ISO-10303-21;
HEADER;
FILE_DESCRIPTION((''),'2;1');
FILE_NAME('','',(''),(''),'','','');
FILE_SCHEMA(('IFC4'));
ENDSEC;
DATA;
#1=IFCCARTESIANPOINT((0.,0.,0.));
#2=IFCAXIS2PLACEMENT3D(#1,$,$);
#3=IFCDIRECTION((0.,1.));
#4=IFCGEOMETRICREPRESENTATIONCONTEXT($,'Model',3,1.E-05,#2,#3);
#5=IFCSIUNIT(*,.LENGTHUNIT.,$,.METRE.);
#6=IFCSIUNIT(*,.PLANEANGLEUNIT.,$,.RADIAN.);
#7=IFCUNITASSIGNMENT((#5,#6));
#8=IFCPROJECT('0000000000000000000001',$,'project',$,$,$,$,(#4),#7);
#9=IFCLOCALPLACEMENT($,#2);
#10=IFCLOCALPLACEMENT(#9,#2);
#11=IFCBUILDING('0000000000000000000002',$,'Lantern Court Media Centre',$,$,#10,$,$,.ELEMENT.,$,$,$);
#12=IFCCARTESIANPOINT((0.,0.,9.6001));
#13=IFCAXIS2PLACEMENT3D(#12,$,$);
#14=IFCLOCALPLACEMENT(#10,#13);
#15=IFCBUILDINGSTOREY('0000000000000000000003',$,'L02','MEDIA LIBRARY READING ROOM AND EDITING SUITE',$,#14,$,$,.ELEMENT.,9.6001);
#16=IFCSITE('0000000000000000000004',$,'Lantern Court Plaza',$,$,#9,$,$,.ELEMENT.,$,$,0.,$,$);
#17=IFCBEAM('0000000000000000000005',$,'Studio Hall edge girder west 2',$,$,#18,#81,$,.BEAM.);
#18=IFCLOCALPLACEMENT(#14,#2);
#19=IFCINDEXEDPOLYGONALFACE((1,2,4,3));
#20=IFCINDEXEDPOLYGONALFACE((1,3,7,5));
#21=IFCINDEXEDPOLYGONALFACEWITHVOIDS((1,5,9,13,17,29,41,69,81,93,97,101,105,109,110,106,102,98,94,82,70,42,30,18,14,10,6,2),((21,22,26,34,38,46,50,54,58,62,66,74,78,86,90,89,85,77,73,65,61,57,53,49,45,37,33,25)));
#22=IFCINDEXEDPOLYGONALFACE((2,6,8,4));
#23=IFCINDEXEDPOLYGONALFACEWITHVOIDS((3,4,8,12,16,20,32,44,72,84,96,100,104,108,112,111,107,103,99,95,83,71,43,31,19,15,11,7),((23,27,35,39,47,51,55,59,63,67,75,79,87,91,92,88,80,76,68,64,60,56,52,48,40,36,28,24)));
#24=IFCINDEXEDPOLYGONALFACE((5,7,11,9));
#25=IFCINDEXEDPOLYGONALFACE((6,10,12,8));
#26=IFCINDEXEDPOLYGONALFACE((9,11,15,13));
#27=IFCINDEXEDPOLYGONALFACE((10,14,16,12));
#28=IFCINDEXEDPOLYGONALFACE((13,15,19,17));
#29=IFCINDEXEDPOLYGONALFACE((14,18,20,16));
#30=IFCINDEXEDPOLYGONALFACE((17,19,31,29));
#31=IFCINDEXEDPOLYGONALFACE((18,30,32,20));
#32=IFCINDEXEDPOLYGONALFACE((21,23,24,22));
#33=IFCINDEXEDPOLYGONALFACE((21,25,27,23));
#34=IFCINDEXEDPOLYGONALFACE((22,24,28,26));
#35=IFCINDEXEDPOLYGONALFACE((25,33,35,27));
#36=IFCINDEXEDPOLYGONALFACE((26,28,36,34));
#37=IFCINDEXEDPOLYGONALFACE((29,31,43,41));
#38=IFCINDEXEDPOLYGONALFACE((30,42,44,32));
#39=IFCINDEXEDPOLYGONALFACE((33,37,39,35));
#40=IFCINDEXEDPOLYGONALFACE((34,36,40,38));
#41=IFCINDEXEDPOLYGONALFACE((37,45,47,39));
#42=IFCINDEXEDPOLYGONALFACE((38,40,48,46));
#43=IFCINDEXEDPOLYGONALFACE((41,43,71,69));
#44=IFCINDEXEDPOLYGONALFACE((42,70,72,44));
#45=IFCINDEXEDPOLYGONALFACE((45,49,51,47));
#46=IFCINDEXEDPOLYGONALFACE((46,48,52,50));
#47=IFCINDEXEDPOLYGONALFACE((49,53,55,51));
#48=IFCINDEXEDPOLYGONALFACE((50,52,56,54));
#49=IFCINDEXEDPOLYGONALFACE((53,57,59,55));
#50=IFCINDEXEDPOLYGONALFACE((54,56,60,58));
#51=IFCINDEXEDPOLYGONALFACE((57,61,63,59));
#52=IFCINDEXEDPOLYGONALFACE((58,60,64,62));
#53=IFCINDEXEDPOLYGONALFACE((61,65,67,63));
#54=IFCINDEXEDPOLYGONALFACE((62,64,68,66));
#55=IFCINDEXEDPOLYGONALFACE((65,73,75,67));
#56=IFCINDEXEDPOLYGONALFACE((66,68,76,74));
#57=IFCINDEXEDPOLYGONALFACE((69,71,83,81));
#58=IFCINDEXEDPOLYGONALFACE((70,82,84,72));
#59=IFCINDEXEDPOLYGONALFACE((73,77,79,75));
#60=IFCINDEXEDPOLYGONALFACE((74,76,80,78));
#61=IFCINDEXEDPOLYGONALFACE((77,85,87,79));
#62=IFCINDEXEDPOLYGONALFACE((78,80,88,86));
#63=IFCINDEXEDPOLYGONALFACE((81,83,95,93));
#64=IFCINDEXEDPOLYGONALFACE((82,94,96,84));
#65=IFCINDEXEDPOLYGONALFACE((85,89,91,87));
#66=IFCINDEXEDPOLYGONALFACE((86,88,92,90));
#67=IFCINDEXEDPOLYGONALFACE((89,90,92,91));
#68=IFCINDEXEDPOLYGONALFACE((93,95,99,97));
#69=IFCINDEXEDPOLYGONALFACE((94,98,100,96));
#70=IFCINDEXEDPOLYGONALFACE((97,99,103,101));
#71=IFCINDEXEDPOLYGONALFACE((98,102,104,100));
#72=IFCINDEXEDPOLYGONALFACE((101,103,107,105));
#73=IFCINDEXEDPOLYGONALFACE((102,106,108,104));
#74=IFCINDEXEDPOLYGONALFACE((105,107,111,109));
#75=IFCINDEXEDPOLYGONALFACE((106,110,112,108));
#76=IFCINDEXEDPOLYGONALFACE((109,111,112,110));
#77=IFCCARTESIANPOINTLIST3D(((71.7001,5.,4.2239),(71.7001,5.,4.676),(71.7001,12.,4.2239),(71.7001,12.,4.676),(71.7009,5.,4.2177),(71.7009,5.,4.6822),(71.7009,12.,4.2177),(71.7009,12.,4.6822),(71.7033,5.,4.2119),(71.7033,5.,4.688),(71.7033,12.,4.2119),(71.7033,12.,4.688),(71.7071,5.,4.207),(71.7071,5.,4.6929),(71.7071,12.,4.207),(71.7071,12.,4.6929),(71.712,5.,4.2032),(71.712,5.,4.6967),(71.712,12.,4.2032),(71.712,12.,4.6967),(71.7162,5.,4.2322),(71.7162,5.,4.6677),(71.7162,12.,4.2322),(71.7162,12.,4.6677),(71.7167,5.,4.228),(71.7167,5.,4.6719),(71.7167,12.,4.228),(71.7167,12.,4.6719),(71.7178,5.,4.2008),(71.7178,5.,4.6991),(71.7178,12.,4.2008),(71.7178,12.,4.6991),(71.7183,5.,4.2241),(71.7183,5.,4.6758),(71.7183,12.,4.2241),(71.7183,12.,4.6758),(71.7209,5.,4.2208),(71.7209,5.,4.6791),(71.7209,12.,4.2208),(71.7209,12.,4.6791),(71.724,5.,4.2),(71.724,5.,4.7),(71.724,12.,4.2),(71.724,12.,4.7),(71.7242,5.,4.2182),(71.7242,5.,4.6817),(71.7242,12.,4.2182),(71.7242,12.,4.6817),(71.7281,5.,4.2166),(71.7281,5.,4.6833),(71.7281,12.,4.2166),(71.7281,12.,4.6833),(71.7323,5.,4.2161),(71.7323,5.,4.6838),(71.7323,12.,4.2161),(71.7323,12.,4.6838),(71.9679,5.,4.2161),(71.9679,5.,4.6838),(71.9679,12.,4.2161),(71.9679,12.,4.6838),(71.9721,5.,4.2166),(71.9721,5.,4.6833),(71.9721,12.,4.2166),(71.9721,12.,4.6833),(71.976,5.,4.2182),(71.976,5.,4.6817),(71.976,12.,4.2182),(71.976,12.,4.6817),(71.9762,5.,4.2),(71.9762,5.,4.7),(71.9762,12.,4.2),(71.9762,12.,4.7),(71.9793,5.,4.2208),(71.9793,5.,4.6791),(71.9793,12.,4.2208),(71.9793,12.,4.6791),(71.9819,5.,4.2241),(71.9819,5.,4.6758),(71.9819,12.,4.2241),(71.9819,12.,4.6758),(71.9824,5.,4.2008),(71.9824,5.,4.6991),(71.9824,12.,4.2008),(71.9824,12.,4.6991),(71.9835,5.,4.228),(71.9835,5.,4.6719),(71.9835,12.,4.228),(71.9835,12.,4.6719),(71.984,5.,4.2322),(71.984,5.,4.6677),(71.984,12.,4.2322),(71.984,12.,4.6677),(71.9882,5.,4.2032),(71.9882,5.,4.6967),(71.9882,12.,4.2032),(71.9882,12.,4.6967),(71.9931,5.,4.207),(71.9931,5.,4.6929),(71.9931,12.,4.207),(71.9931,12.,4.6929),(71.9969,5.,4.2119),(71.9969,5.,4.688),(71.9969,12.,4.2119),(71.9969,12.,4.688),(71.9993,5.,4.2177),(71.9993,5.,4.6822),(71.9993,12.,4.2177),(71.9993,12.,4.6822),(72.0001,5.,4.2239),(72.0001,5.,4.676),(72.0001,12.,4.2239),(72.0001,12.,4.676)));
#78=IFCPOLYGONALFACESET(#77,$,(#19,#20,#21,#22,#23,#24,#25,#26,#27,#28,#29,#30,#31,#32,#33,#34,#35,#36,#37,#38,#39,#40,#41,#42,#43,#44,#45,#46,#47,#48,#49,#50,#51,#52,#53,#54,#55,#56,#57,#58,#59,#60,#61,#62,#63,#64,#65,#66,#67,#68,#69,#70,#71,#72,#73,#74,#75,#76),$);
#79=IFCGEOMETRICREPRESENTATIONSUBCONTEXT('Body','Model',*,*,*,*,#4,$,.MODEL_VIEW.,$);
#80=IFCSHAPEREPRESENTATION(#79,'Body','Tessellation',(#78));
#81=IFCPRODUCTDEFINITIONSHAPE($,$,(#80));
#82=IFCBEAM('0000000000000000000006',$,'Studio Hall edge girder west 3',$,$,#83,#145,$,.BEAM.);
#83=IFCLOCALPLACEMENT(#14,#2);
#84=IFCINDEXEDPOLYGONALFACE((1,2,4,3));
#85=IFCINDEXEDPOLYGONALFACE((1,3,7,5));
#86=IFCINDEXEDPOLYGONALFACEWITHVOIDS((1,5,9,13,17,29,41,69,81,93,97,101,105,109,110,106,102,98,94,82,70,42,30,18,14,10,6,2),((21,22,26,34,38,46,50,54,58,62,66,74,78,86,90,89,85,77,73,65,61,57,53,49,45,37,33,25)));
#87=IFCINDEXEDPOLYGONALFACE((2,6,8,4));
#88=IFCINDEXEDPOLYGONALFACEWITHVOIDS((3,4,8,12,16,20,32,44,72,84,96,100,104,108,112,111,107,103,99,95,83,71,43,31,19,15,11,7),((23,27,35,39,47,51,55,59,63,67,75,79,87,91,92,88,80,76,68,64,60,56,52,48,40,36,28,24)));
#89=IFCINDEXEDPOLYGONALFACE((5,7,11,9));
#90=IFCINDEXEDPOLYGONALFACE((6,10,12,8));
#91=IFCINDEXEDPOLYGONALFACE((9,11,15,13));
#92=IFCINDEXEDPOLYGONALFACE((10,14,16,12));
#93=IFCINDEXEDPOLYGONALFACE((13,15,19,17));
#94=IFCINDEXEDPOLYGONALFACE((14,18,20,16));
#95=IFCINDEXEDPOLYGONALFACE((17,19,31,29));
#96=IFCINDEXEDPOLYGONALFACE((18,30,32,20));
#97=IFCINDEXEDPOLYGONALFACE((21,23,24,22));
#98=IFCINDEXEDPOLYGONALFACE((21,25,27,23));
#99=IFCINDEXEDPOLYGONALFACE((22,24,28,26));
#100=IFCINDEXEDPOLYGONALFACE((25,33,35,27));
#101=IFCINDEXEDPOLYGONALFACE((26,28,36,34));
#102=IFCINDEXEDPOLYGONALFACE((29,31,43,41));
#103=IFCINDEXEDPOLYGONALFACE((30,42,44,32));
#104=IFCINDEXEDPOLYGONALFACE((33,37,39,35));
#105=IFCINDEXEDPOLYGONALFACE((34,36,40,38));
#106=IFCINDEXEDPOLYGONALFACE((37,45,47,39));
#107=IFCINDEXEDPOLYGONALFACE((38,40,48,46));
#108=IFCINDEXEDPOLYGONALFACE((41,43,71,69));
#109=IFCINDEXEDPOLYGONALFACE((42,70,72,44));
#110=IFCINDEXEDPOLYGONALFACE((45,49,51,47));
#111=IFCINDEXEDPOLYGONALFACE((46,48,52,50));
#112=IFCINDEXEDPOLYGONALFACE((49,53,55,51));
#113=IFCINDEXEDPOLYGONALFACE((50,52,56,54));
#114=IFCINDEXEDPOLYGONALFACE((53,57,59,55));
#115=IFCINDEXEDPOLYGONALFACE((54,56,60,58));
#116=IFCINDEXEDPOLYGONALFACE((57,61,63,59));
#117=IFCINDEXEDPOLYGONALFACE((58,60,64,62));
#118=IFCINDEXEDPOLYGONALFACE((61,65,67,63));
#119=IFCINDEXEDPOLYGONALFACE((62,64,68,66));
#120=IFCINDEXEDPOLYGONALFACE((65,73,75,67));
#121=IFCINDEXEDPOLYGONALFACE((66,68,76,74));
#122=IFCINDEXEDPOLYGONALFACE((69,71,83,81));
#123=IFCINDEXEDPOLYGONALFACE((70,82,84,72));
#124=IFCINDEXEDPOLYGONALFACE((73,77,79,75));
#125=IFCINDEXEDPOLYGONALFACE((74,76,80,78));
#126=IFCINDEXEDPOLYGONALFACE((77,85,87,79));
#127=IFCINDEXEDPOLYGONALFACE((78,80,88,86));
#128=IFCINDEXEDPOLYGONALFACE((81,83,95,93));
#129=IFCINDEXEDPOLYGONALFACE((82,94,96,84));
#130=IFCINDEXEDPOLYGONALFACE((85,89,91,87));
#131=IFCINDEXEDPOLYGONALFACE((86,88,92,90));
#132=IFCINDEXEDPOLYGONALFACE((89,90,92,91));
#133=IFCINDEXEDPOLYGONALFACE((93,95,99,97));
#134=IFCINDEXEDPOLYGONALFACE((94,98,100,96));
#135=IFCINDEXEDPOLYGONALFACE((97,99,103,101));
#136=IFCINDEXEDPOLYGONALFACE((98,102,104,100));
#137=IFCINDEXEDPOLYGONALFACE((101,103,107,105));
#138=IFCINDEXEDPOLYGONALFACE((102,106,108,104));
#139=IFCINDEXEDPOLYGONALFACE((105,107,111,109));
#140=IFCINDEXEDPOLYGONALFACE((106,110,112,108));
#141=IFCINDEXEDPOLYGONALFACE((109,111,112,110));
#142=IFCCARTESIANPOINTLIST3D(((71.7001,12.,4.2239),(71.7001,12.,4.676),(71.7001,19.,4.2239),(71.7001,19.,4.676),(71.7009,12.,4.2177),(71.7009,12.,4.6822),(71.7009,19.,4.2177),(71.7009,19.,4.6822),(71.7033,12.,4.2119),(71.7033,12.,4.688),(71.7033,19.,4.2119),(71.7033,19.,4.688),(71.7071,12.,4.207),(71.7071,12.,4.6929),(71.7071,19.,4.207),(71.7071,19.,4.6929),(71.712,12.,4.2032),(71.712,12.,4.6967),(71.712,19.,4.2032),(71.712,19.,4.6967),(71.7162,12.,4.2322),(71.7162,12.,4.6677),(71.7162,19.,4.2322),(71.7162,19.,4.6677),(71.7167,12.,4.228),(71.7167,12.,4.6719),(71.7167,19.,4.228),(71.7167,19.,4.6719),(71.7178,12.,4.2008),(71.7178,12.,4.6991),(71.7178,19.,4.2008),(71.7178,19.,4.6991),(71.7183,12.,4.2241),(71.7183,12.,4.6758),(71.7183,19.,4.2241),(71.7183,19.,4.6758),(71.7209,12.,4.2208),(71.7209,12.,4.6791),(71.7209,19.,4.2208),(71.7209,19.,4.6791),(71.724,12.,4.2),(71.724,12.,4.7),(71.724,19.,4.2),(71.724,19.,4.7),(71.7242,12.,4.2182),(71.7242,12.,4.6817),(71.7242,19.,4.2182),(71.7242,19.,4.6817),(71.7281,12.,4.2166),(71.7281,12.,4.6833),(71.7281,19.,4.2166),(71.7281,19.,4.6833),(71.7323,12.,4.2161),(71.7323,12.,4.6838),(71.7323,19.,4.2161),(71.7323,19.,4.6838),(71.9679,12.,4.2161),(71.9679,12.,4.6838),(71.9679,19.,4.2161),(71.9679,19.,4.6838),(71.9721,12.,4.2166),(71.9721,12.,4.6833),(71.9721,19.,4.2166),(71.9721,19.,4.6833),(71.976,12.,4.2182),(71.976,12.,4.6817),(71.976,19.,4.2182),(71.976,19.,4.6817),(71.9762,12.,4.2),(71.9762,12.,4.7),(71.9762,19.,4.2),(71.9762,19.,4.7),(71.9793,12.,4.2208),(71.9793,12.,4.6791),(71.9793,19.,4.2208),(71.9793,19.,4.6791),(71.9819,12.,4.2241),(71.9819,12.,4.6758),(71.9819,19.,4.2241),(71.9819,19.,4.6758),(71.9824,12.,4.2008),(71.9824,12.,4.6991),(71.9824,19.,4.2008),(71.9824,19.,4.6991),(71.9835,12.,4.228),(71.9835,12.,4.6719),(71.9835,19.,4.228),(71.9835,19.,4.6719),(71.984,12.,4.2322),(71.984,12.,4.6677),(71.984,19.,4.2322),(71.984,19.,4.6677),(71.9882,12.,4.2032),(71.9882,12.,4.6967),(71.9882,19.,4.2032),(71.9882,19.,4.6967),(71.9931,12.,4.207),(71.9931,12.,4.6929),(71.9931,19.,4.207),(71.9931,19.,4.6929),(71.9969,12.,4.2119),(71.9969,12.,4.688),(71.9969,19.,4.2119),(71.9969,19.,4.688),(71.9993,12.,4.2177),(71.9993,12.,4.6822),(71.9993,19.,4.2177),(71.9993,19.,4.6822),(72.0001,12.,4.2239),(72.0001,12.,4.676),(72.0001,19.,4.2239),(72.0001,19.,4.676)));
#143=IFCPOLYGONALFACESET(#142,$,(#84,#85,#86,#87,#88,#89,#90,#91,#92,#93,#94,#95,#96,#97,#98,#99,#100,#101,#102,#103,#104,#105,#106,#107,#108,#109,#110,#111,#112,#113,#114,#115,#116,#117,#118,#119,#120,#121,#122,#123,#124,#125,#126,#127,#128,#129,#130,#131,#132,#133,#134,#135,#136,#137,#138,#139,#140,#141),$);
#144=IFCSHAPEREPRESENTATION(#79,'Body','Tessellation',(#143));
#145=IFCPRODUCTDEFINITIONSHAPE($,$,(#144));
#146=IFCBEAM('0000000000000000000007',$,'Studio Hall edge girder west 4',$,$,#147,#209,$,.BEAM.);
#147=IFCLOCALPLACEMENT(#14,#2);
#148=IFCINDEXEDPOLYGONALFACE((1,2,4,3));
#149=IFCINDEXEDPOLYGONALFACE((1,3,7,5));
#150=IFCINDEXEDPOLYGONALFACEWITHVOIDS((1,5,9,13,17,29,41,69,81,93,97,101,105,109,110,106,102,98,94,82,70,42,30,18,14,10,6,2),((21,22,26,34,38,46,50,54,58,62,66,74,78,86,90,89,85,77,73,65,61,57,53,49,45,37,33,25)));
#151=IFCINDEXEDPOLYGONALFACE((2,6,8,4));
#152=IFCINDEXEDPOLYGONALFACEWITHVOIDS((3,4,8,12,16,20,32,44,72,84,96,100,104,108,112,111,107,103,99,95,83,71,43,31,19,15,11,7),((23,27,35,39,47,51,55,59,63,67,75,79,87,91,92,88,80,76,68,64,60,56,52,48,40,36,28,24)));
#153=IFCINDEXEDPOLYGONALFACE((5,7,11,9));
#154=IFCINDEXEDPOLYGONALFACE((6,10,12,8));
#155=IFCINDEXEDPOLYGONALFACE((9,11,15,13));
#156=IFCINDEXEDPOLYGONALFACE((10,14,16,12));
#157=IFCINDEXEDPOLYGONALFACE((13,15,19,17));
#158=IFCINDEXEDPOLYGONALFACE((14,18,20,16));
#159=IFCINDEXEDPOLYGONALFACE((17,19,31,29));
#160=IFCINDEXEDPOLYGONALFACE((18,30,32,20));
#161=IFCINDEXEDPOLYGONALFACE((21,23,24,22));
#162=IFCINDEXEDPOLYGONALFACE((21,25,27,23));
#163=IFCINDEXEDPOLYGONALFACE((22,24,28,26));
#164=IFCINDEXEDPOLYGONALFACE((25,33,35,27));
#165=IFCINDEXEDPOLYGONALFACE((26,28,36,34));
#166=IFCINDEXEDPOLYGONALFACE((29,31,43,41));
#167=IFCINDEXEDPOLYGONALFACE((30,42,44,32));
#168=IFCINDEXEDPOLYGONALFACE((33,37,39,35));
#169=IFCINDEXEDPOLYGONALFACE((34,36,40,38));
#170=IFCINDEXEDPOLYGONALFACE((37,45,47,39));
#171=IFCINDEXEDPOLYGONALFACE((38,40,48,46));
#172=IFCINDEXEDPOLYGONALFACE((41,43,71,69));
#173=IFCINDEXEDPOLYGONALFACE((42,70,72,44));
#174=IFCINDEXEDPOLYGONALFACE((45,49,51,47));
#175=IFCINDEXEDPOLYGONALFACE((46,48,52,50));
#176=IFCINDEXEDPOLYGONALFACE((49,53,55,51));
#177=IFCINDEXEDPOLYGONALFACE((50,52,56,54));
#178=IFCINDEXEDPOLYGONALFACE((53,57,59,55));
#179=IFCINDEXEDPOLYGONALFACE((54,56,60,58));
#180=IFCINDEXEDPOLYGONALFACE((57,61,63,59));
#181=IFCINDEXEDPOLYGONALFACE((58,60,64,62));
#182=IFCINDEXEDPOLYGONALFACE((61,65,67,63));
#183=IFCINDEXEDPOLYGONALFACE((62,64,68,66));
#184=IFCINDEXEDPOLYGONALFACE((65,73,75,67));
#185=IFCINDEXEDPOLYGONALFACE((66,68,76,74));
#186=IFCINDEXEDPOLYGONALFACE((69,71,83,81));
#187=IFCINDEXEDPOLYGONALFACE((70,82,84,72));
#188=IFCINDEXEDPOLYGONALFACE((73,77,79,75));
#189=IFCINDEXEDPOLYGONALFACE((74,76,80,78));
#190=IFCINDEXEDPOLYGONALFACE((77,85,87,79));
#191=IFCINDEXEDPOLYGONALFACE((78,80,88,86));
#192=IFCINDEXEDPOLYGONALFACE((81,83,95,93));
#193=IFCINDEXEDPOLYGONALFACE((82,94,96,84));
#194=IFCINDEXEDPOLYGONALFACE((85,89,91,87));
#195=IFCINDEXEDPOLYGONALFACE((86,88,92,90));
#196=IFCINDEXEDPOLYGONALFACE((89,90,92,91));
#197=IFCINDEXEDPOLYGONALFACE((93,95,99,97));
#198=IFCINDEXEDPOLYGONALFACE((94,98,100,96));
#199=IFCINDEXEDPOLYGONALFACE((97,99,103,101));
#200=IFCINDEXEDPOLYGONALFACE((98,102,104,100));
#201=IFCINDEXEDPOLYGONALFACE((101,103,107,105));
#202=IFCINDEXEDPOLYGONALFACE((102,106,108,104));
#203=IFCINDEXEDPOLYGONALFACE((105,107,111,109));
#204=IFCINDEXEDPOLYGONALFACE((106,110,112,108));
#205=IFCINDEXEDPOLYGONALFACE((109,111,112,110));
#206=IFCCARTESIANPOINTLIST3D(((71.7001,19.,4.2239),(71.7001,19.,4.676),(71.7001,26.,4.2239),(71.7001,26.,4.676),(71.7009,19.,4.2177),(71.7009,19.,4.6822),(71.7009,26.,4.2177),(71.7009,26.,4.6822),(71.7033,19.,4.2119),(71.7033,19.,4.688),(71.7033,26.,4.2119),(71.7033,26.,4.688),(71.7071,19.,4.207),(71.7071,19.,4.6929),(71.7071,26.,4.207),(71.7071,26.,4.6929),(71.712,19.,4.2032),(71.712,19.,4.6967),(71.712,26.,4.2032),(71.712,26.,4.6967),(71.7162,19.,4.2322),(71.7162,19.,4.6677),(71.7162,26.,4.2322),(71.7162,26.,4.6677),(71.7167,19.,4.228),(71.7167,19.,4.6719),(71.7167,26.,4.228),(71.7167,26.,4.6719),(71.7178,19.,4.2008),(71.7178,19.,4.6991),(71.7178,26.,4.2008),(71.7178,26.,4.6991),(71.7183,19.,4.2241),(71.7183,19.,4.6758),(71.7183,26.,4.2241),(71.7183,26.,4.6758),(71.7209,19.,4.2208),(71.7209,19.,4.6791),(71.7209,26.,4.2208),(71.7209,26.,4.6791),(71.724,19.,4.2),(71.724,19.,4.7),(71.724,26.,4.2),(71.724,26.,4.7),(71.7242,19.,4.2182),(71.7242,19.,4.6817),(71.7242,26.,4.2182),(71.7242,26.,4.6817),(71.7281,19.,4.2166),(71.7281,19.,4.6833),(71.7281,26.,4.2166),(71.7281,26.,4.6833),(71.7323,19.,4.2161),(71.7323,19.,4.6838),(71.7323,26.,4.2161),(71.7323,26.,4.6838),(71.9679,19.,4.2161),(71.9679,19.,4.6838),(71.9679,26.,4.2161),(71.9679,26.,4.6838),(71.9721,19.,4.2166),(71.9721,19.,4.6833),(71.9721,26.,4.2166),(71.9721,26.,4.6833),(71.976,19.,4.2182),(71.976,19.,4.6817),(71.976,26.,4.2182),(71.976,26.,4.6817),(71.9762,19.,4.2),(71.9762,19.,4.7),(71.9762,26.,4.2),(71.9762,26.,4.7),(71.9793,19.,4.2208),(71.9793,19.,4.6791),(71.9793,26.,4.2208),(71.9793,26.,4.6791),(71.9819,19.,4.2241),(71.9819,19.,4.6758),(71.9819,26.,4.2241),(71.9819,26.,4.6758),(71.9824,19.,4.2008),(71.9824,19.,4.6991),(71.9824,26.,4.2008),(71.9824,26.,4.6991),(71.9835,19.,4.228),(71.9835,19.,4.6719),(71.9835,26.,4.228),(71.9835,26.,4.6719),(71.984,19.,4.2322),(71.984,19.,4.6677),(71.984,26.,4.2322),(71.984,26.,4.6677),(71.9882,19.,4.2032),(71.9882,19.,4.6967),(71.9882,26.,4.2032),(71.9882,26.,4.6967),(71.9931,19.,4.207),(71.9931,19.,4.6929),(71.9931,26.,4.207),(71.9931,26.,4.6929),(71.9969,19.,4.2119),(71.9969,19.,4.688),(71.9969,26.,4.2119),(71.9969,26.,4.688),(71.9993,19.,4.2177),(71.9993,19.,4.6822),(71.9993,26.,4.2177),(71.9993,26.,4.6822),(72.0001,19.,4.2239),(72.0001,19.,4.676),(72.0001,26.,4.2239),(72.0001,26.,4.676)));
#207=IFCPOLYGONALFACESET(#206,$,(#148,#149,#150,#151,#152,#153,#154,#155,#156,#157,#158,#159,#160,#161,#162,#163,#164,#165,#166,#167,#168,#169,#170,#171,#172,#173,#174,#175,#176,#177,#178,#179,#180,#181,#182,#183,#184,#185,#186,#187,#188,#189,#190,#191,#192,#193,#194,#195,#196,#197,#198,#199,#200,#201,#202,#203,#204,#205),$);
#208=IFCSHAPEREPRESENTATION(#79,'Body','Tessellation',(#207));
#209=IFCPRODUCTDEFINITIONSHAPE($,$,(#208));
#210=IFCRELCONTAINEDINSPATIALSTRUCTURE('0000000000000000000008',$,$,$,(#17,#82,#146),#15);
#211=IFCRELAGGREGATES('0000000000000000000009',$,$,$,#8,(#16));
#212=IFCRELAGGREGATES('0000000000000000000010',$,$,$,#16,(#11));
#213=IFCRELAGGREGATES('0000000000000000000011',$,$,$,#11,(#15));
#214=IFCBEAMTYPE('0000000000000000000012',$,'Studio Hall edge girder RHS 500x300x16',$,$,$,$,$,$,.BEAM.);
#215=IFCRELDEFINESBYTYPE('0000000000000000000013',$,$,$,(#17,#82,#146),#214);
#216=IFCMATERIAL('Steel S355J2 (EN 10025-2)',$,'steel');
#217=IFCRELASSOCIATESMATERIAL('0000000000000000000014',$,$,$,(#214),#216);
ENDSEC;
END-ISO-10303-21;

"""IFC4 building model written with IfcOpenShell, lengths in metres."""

from ifc_helpers import new_model, si_unit, direction, frame, origin, origin_2d, place, context, subcontext, project, spatial, hollow_rectangle, extrude, material, material_profile, profile_set, type_object, element, save


model = new_model("IFC4")

# Units and contexts
model_context = context("Model", 3, precision=1e-05, world=origin(), true_north=direction((0.0, 1.0)))
body_context = subcontext(model_context, "Body", "Model", "MODEL_VIEW")
ifc_project = project(units=[si_unit("LENGTHUNIT", "METRE"), si_unit("PLANEANGLEUNIT", "RADIAN")], contexts=[model_context])

# Site, building, storey
site_placement = place(None, origin())
site = spatial("IfcSite", under=ifc_project, at=site_placement, Name="Lantern Court Plaza", CompositionType="ELEMENT", RefElevation=0.0)
building_placement = place(site_placement, origin())
building = spatial("IfcBuilding", under=site, at=building_placement, Name="Lantern Court Media Centre", CompositionType="ELEMENT")
storey_placement = place(building_placement, frame((0.0, 0.0, 9.6001)))
storey = spatial("IfcBuildingStorey", under=building, at=storey_placement, Name="L02", Description="MEDIA LIBRARY READING ROOM AND EDITING SUITE", CompositionType="ELEMENT", Elevation=9.6001)

# Shared definitions
ifc_material_1 = material(Name="Steel S355J2 (EN 10025-2)", Category="steel")

# Beams
ifc_material_profile_1 = material_profile(ifc_material_1, hollow_rectangle(XDim=0.3, YDim=0.5, WallThickness=0.0161, InnerFilletRadius=0.0161, OuterFilletRadius=0.0239, at=origin_2d()), Name="Studio Hall edge girder RHS 500x300x16")
ifc_profile_set_1 = profile_set([ifc_material_profile_1], Name="Steel S355J2 (EN 10025-2)")
beam_type = type_object("IfcBeamType", Name="Studio Hall edge girder RHS 500x300x16", PredefinedType="BEAM", material=ifc_profile_set_1)
for number, where, z_axis, x_axis, name in (
    (1, (71.8501, 5.0, 4.45), (0.0, 1.0, 0.0), (-1.0, 0.0, 0.0), "Studio Hall edge girder west 2"),
    (2, (71.8501, 12.0, 4.45), (0.0, 1.0, 0.0), (-1.0, 0.0, 0.0), "Studio Hall edge girder west 3"),
    (3, (71.8501, 19.0, 4.45), (0.0, 1.0, 0.0), (-1.0, 0.0, 0.0), "Studio Hall edge girder west 4"),
):
    element("IfcBeam", number, at=place(storey_placement, frame(where, z_axis=z_axis, x_axis=x_axis)), inside=storey, type_object=beam_type, Name=name, PredefinedType="BEAM", context=body_context, shape_type="SweptSolid", body=[
        extrude(hollow_rectangle(XDim=0.3, YDim=0.5, WallThickness=0.0161, InnerFilletRadius=0.0161, OuterFilletRadius=0.0239, at=origin_2d()), origin(), (0.0, 0.0, 1.0), 7.0),
    ])

save(model, "model.ifc")
